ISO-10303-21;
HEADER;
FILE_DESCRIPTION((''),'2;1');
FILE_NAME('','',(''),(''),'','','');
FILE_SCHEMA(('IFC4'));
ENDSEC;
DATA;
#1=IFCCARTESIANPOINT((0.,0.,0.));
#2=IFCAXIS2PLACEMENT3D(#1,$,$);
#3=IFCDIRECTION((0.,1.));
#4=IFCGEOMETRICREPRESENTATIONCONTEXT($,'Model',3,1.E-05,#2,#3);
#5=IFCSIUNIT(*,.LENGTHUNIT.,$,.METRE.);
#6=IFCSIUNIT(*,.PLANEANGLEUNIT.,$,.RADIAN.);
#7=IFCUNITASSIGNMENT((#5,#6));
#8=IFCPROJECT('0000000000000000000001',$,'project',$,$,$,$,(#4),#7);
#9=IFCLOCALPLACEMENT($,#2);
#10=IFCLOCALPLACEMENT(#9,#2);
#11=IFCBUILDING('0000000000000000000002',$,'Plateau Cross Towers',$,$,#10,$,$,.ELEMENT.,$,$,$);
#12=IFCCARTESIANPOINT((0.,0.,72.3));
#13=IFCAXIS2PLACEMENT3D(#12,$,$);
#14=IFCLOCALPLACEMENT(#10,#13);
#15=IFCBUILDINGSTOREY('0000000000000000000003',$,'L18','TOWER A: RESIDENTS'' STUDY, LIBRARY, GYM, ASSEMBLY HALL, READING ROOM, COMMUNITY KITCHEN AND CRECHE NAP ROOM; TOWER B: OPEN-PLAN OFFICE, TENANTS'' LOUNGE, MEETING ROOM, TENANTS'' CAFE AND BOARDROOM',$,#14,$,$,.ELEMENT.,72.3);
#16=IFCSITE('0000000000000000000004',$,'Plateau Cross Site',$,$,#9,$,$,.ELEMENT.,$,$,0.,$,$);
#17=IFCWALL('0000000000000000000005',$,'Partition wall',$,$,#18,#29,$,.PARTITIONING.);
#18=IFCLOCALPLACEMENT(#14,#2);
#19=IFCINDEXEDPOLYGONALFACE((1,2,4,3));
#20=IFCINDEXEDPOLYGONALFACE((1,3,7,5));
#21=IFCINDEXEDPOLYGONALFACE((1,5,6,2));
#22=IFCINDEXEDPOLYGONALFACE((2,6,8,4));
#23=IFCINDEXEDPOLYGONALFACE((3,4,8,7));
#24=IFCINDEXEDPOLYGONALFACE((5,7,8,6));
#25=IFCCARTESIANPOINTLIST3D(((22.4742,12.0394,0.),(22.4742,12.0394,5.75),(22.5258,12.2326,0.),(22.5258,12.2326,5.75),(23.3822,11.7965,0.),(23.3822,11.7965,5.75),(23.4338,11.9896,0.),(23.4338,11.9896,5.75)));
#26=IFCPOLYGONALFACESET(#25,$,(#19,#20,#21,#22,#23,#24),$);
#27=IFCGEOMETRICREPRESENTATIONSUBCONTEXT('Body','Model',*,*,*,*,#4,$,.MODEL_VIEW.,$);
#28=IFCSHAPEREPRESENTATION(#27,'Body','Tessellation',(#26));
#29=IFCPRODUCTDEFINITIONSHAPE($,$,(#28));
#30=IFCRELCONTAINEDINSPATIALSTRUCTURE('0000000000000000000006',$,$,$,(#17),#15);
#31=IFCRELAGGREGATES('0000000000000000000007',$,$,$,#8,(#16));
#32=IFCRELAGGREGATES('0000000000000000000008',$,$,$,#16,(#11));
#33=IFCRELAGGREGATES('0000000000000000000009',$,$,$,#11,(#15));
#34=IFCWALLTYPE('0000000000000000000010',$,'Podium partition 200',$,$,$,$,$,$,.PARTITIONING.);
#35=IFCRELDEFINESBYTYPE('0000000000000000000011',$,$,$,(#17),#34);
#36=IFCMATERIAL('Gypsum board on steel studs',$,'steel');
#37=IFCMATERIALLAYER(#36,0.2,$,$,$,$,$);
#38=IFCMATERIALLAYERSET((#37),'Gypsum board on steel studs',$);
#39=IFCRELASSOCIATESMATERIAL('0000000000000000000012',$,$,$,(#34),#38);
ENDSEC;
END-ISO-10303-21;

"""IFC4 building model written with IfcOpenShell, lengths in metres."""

from ifc_helpers import new_model, si_unit, direction, frame, frame_2d, origin, place, context, subcontext, project, spatial, rectangle, extrude, material, layer, layer_set, type_object, element, save


model = new_model("IFC4")

# Units and contexts
model_context = context("Model", 3, precision=1e-05, world=origin(), true_north=direction((0.0, 1.0)))
body_context = subcontext(model_context, "Body", "Model", "MODEL_VIEW")
ifc_project = project(units=[si_unit("LENGTHUNIT", "METRE"), si_unit("PLANEANGLEUNIT", "RADIAN")], contexts=[model_context])

# Site, building, storey
site_placement = place(None, origin())
site = spatial("IfcSite", under=ifc_project, at=site_placement, Name="Plateau Cross Site", CompositionType="ELEMENT", RefElevation=0.0)
building_placement = place(site_placement, origin())
building = spatial("IfcBuilding", under=site, at=building_placement, Name="Plateau Cross Towers", CompositionType="ELEMENT")
storey_placement = place(building_placement, frame((0.0, 0.0, 72.3)))
storey = spatial("IfcBuildingStorey", under=building, at=storey_placement, Name="L18", Description="TOWER A: RESIDENTS' STUDY, LIBRARY, GYM, ASSEMBLY HALL, READING ROOM, COMMUNITY KITCHEN AND CRECHE NAP ROOM; TOWER B: OPEN-PLAN OFFICE, TENANTS' LOUNGE, MEETING ROOM, TENANTS' CAFE AND BOARDROOM", CompositionType="ELEMENT", Elevation=72.3)

# Wall
ifc_material_1 = material(Name="Gypsum board on steel studs", Category="steel")
ifc_layer_1 = layer(ifc_material_1, 0.2)
ifc_layer_set_1 = layer_set([ifc_layer_1], Name="Gypsum board on steel studs")
wall_type_1 = type_object("IfcWallType", Name="Podium partition 200", PredefinedType="PARTITIONING", material=ifc_layer_set_1)
for number, where, z_axis, x_axis, name in (
    (1, (22.5, 12.136, 0.0), (0.0, 0.0, 1.0), (0.966023, -0.258455, 0.0), "Partition wall"),
):
    element("IfcWall", number, at=place(storey_placement, frame(where, z_axis=z_axis, x_axis=x_axis)), inside=storey, type_object=wall_type_1, Name=name, PredefinedType="PARTITIONING", context=body_context, shape_type="SweptSolid", body=[
        extrude(rectangle(XDim=0.9399, YDim=0.2, at=frame_2d((0.47, 0.0))), origin(), (0.0, 0.0, 1.0), 5.75),
    ])

save(model, "model.ifc")
